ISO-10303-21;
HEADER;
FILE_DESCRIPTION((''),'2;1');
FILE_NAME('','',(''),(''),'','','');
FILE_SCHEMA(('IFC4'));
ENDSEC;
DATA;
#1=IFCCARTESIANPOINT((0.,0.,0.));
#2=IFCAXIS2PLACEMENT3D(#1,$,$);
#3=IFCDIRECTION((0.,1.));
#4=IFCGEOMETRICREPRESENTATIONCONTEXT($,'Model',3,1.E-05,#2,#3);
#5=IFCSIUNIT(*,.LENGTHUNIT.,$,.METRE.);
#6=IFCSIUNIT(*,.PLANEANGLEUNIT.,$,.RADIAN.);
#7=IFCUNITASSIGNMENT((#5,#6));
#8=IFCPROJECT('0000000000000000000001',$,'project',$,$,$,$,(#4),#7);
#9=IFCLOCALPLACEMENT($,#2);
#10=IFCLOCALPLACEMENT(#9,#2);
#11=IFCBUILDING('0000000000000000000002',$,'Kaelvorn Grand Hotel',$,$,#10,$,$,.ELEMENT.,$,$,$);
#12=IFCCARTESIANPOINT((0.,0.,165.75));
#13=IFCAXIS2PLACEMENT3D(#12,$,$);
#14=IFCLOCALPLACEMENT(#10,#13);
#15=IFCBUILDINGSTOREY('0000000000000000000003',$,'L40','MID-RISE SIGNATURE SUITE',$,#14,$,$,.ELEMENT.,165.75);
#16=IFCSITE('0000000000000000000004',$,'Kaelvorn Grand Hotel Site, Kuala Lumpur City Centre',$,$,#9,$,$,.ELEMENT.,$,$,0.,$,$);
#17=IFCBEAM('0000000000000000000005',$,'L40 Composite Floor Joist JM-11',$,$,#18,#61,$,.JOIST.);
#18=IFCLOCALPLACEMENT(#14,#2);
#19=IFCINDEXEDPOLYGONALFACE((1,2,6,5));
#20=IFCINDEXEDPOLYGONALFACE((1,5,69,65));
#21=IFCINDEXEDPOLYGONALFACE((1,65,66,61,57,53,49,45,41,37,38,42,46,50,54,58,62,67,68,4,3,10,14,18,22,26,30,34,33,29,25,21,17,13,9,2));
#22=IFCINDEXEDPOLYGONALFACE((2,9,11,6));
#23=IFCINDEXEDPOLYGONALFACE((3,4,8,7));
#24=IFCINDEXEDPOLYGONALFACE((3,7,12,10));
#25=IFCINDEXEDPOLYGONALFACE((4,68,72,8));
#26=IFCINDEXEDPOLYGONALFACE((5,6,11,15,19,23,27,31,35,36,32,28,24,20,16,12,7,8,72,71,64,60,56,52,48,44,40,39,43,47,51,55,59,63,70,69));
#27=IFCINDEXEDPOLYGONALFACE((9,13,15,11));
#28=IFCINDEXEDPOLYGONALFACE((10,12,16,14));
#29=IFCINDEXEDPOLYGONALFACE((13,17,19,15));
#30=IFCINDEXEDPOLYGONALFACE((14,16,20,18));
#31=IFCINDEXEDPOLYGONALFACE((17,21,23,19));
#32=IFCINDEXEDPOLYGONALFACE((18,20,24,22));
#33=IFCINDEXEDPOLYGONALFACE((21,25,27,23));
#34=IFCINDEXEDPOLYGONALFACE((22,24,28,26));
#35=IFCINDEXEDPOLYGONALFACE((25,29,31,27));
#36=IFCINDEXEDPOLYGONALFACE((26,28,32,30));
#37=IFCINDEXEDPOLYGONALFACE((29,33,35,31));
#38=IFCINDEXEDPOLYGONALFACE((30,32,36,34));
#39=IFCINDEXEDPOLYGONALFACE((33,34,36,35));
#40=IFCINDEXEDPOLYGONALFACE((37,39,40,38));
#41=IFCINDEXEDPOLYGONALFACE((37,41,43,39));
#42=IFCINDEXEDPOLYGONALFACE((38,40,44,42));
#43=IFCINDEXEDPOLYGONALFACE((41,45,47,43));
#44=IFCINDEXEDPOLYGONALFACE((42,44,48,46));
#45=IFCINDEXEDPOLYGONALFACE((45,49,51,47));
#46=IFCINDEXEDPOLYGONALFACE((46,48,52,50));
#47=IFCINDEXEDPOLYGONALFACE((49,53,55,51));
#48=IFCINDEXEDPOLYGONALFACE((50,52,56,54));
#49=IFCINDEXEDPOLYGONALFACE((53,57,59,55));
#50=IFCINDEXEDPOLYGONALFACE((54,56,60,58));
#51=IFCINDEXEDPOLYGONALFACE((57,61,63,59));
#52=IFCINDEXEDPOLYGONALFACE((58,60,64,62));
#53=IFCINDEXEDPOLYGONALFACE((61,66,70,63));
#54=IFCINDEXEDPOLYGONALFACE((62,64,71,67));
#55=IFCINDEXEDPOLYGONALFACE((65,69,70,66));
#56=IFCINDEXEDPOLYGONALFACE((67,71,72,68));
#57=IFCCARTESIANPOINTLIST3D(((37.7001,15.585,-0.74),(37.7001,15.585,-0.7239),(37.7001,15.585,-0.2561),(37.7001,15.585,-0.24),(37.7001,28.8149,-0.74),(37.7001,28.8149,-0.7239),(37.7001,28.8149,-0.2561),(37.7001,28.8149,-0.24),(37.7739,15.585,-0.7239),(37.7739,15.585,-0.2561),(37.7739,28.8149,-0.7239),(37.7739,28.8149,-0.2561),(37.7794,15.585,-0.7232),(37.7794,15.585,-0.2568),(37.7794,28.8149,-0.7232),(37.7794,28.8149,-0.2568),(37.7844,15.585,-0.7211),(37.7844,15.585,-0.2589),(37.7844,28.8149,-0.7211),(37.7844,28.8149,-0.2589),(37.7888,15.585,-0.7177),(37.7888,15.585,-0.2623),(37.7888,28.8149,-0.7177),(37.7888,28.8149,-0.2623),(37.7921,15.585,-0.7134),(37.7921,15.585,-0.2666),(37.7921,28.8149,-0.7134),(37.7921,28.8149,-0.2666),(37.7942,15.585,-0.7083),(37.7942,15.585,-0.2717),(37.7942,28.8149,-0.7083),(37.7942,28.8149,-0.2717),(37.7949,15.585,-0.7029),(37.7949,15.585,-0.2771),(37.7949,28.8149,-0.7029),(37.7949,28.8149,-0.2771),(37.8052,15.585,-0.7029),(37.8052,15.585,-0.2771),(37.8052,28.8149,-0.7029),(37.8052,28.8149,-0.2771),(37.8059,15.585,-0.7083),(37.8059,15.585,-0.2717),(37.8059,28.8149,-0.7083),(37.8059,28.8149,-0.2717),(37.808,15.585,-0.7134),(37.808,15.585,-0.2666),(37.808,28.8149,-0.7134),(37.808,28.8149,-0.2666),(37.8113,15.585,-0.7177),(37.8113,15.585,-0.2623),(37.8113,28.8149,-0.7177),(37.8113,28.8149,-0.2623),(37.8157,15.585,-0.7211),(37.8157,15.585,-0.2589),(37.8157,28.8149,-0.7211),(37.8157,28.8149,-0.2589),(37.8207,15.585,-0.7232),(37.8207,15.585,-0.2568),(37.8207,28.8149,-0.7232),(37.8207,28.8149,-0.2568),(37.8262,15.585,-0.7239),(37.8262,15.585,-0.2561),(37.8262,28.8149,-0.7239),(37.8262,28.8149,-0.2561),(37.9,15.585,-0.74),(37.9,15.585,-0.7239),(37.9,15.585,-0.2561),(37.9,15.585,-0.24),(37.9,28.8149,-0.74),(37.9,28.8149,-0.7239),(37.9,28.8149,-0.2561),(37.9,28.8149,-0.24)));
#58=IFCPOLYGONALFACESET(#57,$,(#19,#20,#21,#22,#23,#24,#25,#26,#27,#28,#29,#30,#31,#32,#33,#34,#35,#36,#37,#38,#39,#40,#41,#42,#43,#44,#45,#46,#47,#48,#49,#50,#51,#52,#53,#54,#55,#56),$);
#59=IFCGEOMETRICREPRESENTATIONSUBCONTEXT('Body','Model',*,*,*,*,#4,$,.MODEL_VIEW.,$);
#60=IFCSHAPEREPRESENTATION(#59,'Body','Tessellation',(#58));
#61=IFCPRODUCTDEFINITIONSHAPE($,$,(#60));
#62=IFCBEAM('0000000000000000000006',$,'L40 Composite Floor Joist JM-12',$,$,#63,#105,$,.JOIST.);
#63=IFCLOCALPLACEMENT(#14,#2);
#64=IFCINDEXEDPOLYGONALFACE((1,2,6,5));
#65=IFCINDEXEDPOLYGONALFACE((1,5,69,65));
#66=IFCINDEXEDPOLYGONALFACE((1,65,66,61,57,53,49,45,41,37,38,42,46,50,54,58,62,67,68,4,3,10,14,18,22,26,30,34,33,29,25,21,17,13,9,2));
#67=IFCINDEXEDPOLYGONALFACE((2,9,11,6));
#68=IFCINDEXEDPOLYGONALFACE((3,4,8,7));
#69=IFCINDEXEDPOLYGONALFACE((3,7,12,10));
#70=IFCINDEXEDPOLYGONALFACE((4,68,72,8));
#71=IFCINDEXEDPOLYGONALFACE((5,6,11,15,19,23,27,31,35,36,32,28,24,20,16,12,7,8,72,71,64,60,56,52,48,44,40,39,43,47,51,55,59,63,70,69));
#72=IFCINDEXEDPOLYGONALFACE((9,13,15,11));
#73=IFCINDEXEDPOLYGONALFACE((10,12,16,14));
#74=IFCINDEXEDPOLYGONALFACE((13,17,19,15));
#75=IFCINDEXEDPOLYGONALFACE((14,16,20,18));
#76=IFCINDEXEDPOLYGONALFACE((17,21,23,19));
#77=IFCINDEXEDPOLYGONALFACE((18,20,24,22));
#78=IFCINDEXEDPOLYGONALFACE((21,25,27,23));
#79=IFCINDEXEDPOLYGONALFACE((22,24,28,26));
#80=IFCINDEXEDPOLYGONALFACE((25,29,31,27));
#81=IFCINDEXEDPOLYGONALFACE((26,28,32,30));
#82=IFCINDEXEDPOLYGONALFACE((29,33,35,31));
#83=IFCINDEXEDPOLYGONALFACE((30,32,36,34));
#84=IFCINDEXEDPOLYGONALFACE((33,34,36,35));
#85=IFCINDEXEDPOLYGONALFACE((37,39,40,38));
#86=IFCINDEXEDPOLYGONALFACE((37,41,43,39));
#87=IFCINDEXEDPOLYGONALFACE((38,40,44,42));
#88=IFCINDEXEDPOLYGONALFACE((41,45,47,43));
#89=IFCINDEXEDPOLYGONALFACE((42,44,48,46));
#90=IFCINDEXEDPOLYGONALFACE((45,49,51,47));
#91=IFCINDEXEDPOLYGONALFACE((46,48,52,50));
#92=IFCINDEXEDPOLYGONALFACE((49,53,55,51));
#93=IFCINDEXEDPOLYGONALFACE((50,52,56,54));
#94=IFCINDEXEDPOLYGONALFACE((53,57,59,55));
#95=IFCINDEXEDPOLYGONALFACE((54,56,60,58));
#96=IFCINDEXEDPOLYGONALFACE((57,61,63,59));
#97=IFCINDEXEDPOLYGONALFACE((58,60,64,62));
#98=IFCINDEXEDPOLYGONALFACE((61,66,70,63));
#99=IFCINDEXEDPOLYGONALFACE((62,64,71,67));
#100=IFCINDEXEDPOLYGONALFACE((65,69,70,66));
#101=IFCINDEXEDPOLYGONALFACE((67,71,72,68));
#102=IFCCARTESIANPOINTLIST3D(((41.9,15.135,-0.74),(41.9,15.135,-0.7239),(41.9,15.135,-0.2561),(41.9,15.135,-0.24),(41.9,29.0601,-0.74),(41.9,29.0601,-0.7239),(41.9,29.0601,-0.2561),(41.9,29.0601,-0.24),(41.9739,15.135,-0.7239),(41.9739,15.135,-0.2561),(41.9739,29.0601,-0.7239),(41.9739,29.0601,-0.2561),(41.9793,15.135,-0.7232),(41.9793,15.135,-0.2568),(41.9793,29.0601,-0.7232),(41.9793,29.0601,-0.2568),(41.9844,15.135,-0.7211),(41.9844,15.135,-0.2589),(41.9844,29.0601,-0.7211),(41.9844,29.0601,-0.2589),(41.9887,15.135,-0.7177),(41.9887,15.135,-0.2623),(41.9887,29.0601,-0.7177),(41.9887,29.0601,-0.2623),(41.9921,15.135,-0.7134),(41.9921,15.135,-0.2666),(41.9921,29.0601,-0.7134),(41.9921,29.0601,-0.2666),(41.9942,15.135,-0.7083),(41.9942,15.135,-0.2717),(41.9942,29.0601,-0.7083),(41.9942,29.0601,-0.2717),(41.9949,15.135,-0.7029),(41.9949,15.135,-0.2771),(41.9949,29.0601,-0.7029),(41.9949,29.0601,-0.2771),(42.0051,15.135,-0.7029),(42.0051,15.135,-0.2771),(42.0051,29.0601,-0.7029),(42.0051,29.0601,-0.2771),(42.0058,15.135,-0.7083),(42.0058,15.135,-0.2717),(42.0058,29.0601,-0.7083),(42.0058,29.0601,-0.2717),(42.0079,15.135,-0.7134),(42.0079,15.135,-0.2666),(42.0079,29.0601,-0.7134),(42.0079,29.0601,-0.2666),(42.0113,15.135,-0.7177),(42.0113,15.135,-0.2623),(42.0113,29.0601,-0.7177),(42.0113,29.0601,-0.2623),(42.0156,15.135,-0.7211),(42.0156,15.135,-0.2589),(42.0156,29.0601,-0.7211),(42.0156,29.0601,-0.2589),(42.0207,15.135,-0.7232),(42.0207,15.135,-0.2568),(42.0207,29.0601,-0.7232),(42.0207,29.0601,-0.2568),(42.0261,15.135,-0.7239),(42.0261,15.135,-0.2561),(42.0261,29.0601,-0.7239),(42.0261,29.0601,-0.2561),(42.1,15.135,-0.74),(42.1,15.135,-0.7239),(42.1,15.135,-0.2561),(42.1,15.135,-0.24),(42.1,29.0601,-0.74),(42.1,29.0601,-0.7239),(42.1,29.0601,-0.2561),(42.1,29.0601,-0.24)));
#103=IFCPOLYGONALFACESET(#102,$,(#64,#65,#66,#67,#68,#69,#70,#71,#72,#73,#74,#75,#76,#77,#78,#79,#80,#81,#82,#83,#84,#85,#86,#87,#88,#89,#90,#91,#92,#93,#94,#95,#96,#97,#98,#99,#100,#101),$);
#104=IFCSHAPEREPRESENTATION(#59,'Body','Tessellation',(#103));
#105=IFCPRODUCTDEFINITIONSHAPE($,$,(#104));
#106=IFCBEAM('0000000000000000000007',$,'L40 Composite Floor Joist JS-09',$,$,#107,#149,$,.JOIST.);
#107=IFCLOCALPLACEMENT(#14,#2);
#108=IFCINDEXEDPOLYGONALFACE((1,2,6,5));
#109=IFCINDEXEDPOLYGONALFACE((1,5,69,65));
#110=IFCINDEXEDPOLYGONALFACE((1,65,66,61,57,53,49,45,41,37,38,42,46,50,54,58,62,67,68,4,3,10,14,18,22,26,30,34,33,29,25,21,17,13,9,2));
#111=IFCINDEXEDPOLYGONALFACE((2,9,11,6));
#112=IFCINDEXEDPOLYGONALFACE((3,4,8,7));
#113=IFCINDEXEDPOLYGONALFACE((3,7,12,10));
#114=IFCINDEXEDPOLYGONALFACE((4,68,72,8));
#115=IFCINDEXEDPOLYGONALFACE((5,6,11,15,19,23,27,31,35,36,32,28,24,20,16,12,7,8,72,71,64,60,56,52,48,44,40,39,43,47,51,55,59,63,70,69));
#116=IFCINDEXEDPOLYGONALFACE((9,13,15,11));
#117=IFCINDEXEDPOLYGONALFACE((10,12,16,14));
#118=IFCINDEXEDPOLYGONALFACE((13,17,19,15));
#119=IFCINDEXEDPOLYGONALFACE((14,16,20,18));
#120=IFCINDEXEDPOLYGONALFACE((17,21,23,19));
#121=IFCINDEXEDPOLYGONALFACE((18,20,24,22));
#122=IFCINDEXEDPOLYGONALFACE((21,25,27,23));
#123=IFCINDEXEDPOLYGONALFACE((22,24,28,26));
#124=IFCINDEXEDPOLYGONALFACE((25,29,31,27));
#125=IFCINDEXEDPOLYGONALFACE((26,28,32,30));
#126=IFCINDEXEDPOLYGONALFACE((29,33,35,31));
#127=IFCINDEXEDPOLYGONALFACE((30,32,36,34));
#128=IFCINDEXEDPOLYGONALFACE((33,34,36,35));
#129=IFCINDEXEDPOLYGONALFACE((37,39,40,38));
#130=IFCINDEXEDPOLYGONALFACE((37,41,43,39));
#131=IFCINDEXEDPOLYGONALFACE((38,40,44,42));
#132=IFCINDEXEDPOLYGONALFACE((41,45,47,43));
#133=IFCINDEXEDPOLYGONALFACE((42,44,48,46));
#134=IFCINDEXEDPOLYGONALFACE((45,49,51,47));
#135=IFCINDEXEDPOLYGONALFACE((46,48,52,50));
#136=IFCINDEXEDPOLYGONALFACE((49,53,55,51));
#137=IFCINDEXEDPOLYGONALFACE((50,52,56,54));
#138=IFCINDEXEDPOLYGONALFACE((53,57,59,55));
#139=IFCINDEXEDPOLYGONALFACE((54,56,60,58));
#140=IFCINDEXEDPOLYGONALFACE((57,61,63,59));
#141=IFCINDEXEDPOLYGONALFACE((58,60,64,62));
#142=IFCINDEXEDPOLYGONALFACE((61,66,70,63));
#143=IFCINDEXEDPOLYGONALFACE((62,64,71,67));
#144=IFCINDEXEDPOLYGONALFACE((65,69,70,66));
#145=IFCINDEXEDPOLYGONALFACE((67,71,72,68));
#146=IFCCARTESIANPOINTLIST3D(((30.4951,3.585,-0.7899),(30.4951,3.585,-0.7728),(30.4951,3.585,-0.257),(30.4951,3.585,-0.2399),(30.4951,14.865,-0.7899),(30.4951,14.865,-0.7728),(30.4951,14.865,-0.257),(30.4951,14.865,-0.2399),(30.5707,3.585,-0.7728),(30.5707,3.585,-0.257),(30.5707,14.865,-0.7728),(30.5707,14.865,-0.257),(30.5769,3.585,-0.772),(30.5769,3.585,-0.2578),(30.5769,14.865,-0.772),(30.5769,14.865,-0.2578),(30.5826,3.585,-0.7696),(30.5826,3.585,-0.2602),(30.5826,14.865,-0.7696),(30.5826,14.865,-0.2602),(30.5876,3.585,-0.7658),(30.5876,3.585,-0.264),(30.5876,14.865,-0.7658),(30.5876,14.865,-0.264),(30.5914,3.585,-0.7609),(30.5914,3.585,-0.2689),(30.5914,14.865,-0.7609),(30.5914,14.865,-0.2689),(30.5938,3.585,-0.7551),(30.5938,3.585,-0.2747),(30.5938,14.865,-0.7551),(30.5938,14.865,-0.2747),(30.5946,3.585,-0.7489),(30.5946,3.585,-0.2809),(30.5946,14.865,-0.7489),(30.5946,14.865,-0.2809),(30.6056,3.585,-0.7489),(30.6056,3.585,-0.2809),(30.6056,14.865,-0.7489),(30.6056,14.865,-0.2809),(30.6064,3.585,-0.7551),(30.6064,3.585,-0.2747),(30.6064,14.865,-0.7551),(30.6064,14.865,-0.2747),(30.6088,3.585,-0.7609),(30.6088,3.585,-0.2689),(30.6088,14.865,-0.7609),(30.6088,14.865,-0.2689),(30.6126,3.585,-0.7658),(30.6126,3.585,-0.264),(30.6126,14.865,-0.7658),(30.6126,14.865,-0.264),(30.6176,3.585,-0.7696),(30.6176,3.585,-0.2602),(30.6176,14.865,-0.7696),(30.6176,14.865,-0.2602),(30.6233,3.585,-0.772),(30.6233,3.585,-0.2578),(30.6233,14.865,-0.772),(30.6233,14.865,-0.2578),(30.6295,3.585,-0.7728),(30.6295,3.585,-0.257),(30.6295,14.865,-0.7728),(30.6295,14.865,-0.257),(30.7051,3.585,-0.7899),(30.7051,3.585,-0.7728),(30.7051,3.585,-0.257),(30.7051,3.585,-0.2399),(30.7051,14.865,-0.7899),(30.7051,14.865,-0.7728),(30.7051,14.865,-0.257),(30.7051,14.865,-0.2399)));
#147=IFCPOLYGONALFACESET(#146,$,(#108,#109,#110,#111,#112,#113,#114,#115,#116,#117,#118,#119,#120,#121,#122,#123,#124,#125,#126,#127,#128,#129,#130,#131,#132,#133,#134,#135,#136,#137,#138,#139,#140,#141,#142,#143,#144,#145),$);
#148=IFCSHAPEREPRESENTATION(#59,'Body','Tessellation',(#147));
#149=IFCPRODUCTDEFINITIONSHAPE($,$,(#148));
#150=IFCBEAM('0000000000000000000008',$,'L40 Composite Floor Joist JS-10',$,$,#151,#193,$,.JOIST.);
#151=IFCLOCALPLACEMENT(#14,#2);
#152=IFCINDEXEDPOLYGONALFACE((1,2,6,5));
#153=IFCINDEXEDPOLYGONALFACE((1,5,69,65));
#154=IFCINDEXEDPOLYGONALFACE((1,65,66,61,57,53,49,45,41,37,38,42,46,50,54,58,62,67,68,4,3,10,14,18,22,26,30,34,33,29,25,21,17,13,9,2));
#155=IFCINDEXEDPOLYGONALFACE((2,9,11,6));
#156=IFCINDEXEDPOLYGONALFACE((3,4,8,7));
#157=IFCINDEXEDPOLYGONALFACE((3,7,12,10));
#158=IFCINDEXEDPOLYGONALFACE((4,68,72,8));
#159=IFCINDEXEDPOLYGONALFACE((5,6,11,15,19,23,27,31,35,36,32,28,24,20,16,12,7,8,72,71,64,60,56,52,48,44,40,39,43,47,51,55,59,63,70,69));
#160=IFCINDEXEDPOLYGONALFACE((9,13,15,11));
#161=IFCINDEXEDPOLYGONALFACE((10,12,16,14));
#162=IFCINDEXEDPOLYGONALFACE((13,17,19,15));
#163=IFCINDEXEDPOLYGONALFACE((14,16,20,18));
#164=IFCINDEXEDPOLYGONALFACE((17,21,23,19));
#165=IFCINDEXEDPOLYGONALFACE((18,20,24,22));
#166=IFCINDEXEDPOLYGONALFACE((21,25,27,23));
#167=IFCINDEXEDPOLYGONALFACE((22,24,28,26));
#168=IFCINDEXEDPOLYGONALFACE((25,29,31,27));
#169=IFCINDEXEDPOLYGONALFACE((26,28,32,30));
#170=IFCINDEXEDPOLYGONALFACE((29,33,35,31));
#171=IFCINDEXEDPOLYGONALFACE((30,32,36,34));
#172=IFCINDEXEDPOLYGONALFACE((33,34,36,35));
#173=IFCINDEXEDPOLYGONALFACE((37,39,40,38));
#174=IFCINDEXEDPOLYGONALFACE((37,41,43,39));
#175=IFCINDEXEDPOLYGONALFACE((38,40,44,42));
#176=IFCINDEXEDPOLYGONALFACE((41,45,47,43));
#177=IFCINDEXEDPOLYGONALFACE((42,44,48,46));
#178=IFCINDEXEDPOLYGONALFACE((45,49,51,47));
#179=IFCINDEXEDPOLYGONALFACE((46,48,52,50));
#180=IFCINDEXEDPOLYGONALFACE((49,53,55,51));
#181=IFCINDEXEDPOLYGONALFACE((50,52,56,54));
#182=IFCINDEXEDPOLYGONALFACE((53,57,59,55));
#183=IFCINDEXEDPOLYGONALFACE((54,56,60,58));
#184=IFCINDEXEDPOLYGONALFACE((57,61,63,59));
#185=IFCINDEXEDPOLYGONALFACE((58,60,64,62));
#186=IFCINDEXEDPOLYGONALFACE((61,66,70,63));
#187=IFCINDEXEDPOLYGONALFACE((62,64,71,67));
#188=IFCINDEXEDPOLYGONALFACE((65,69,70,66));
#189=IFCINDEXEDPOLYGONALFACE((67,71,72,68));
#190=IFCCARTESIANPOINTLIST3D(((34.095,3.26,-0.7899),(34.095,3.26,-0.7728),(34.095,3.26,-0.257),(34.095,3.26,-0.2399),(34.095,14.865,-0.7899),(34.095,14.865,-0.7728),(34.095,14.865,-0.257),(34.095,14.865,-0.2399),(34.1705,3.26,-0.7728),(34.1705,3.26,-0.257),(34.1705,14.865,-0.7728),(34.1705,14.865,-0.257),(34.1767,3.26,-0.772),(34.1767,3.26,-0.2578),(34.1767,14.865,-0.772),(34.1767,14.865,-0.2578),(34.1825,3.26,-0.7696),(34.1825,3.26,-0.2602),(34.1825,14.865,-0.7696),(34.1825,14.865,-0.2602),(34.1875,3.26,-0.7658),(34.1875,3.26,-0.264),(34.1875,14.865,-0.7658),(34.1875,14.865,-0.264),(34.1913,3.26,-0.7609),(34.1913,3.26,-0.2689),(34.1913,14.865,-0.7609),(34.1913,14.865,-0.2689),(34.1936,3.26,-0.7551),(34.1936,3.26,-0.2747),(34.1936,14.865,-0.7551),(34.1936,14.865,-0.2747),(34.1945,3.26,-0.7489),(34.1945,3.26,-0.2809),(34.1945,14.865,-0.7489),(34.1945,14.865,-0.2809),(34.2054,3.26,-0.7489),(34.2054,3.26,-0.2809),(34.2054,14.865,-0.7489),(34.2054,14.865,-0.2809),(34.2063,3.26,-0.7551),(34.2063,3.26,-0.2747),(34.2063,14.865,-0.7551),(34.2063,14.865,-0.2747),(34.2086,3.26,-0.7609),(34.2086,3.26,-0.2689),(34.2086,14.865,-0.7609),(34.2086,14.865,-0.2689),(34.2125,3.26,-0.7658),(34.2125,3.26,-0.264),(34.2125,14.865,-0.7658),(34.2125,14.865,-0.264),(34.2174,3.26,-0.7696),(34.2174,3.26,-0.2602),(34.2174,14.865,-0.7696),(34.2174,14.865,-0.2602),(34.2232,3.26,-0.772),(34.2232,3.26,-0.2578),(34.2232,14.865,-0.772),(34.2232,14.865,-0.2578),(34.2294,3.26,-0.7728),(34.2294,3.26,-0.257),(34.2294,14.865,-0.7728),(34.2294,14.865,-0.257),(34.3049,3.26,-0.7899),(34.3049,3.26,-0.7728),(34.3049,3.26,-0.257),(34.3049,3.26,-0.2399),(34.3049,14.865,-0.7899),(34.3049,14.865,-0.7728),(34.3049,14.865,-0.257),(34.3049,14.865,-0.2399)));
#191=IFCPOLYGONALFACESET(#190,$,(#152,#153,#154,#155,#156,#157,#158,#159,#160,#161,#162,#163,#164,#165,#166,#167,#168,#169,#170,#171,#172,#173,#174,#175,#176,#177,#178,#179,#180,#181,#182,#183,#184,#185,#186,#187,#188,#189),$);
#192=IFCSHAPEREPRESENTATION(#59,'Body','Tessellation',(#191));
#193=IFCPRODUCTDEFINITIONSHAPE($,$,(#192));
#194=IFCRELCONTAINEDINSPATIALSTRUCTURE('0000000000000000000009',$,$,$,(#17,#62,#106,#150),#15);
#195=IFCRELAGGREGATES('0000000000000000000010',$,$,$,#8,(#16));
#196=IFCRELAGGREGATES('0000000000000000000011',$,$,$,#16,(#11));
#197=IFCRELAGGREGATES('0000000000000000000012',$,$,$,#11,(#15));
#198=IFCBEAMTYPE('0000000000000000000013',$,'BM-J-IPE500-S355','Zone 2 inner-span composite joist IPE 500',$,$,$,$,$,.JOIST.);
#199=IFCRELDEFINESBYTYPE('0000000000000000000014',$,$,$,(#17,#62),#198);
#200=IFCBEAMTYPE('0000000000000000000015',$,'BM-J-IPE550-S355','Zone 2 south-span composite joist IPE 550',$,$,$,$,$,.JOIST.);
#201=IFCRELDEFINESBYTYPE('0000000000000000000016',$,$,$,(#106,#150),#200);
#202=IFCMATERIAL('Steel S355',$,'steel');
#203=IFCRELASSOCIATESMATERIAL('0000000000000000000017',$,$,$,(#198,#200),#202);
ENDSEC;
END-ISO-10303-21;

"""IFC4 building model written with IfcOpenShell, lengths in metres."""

from ifc_helpers import new_model, si_unit, direction, frame, origin, origin_2d, place, context, subcontext, project, spatial, i_section, extrude, material, material_profile, profile_set, type_object, element, save


model = new_model("IFC4")

# Units and contexts
model_context = context("Model", 3, precision=1e-05, world=origin(), true_north=direction((0.0, 1.0)))
body_context = subcontext(model_context, "Body", "Model", "MODEL_VIEW")
ifc_project = project(units=[si_unit("LENGTHUNIT", "METRE"), si_unit("PLANEANGLEUNIT", "RADIAN")], contexts=[model_context])

# Site, building, storey
site_placement = place(None, origin())
site = spatial("IfcSite", under=ifc_project, at=site_placement, Name="Kaelvorn Grand Hotel Site, Kuala Lumpur City Centre", CompositionType="ELEMENT", RefElevation=0.0)
building_placement = place(site_placement, origin())
building = spatial("IfcBuilding", under=site, at=building_placement, Name="Kaelvorn Grand Hotel", CompositionType="ELEMENT")
storey_placement = place(building_placement, frame((0.0, 0.0, 165.75)))
storey = spatial("IfcBuildingStorey", under=building, at=storey_placement, Name="L40", Description="MID-RISE SIGNATURE SUITE", CompositionType="ELEMENT", Elevation=165.75)

# Beams
ifc_material_1 = material(Name="Steel S355", Category="steel")
ifc_material_profile_1 = material_profile(ifc_material_1, i_section(OverallWidth=0.2, OverallDepth=0.5, WebThickness=0.0103, FlangeThickness=0.0161, FilletRadius=0.021, at=origin_2d()), Name="IPE 500")
ifc_profile_set_1 = profile_set([ifc_material_profile_1], Name="Steel S355")
beam_type_1 = type_object("IfcBeamType", Name="BM-J-IPE500-S355", Description="Zone 2 inner-span composite joist IPE 500", PredefinedType="JOIST", material=ifc_profile_set_1)
beam_1_placement = place(storey_placement, frame((37.8, 15.585, -0.49), z_axis=(0.0, 1.0, 0.0), x_axis=(-1.0, 0.0, 0.0)))
element("IfcBeam", 1, at=beam_1_placement, inside=storey, type_object=beam_type_1, Name="L40 Composite Floor Joist JM-11", PredefinedType="JOIST", context=body_context, shape_type="SweptSolid", body=[
    extrude(i_section(OverallWidth=0.2, OverallDepth=0.5, WebThickness=0.0103, FlangeThickness=0.0161, FilletRadius=0.021, at=origin_2d()), origin(), (0.0, 0.0, 1.0), 13.23),
])
beam_2_placement = place(storey_placement, frame((42.0, 15.135, -0.49), z_axis=(0.0, 1.0, 0.0), x_axis=(-1.0, 0.0, 0.0)))
element("IfcBeam", 2, at=beam_2_placement, inside=storey, type_object=beam_type_1, Name="L40 Composite Floor Joist JM-12", PredefinedType="JOIST", context=body_context, shape_type="SweptSolid", body=[
    extrude(i_section(OverallWidth=0.2, OverallDepth=0.5, WebThickness=0.0103, FlangeThickness=0.0161, FilletRadius=0.021, at=origin_2d()), origin(), (0.0, 0.0, 1.0), 13.925),
])
ifc_material_profile_2 = material_profile(ifc_material_1, i_section(OverallWidth=0.21, OverallDepth=0.55, WebThickness=0.011, FlangeThickness=0.0171, FilletRadius=0.0239, at=origin_2d()), Name="IPE 550")
ifc_profile_set_2 = profile_set([ifc_material_profile_2], Name="Steel S355")
beam_type_2 = type_object("IfcBeamType", Name="BM-J-IPE550-S355", Description="Zone 2 south-span composite joist IPE 550", PredefinedType="JOIST", material=ifc_profile_set_2)
beam_3_placement = place(storey_placement, frame((30.6001, 3.585, -0.5149), z_axis=(0.0, 1.0, 0.0), x_axis=(-1.0, 0.0, 0.0)))
element("IfcBeam", 3, at=beam_3_placement, inside=storey, type_object=beam_type_2, Name="L40 Composite Floor Joist JS-09", PredefinedType="JOIST", context=body_context, shape_type="SweptSolid", body=[
    extrude(i_section(OverallWidth=0.21, OverallDepth=0.55, WebThickness=0.011, FlangeThickness=0.0171, FilletRadius=0.0239, at=origin_2d()), origin(), (0.0, 0.0, 1.0), 11.28),
])
beam_4_placement = place(storey_placement, frame((34.2, 3.26, -0.5149), z_axis=(0.0, 1.0, 0.0), x_axis=(-1.0, 0.0, 0.0)))
element("IfcBeam", 4, at=beam_4_placement, inside=storey, type_object=beam_type_2, Name="L40 Composite Floor Joist JS-10", PredefinedType="JOIST", context=body_context, shape_type="SweptSolid", body=[
    extrude(i_section(OverallWidth=0.21, OverallDepth=0.55, WebThickness=0.011, FlangeThickness=0.0171, FilletRadius=0.0239, at=origin_2d()), origin(), (0.0, 0.0, 1.0), 11.605),
])

save(model, "model.ifc")
